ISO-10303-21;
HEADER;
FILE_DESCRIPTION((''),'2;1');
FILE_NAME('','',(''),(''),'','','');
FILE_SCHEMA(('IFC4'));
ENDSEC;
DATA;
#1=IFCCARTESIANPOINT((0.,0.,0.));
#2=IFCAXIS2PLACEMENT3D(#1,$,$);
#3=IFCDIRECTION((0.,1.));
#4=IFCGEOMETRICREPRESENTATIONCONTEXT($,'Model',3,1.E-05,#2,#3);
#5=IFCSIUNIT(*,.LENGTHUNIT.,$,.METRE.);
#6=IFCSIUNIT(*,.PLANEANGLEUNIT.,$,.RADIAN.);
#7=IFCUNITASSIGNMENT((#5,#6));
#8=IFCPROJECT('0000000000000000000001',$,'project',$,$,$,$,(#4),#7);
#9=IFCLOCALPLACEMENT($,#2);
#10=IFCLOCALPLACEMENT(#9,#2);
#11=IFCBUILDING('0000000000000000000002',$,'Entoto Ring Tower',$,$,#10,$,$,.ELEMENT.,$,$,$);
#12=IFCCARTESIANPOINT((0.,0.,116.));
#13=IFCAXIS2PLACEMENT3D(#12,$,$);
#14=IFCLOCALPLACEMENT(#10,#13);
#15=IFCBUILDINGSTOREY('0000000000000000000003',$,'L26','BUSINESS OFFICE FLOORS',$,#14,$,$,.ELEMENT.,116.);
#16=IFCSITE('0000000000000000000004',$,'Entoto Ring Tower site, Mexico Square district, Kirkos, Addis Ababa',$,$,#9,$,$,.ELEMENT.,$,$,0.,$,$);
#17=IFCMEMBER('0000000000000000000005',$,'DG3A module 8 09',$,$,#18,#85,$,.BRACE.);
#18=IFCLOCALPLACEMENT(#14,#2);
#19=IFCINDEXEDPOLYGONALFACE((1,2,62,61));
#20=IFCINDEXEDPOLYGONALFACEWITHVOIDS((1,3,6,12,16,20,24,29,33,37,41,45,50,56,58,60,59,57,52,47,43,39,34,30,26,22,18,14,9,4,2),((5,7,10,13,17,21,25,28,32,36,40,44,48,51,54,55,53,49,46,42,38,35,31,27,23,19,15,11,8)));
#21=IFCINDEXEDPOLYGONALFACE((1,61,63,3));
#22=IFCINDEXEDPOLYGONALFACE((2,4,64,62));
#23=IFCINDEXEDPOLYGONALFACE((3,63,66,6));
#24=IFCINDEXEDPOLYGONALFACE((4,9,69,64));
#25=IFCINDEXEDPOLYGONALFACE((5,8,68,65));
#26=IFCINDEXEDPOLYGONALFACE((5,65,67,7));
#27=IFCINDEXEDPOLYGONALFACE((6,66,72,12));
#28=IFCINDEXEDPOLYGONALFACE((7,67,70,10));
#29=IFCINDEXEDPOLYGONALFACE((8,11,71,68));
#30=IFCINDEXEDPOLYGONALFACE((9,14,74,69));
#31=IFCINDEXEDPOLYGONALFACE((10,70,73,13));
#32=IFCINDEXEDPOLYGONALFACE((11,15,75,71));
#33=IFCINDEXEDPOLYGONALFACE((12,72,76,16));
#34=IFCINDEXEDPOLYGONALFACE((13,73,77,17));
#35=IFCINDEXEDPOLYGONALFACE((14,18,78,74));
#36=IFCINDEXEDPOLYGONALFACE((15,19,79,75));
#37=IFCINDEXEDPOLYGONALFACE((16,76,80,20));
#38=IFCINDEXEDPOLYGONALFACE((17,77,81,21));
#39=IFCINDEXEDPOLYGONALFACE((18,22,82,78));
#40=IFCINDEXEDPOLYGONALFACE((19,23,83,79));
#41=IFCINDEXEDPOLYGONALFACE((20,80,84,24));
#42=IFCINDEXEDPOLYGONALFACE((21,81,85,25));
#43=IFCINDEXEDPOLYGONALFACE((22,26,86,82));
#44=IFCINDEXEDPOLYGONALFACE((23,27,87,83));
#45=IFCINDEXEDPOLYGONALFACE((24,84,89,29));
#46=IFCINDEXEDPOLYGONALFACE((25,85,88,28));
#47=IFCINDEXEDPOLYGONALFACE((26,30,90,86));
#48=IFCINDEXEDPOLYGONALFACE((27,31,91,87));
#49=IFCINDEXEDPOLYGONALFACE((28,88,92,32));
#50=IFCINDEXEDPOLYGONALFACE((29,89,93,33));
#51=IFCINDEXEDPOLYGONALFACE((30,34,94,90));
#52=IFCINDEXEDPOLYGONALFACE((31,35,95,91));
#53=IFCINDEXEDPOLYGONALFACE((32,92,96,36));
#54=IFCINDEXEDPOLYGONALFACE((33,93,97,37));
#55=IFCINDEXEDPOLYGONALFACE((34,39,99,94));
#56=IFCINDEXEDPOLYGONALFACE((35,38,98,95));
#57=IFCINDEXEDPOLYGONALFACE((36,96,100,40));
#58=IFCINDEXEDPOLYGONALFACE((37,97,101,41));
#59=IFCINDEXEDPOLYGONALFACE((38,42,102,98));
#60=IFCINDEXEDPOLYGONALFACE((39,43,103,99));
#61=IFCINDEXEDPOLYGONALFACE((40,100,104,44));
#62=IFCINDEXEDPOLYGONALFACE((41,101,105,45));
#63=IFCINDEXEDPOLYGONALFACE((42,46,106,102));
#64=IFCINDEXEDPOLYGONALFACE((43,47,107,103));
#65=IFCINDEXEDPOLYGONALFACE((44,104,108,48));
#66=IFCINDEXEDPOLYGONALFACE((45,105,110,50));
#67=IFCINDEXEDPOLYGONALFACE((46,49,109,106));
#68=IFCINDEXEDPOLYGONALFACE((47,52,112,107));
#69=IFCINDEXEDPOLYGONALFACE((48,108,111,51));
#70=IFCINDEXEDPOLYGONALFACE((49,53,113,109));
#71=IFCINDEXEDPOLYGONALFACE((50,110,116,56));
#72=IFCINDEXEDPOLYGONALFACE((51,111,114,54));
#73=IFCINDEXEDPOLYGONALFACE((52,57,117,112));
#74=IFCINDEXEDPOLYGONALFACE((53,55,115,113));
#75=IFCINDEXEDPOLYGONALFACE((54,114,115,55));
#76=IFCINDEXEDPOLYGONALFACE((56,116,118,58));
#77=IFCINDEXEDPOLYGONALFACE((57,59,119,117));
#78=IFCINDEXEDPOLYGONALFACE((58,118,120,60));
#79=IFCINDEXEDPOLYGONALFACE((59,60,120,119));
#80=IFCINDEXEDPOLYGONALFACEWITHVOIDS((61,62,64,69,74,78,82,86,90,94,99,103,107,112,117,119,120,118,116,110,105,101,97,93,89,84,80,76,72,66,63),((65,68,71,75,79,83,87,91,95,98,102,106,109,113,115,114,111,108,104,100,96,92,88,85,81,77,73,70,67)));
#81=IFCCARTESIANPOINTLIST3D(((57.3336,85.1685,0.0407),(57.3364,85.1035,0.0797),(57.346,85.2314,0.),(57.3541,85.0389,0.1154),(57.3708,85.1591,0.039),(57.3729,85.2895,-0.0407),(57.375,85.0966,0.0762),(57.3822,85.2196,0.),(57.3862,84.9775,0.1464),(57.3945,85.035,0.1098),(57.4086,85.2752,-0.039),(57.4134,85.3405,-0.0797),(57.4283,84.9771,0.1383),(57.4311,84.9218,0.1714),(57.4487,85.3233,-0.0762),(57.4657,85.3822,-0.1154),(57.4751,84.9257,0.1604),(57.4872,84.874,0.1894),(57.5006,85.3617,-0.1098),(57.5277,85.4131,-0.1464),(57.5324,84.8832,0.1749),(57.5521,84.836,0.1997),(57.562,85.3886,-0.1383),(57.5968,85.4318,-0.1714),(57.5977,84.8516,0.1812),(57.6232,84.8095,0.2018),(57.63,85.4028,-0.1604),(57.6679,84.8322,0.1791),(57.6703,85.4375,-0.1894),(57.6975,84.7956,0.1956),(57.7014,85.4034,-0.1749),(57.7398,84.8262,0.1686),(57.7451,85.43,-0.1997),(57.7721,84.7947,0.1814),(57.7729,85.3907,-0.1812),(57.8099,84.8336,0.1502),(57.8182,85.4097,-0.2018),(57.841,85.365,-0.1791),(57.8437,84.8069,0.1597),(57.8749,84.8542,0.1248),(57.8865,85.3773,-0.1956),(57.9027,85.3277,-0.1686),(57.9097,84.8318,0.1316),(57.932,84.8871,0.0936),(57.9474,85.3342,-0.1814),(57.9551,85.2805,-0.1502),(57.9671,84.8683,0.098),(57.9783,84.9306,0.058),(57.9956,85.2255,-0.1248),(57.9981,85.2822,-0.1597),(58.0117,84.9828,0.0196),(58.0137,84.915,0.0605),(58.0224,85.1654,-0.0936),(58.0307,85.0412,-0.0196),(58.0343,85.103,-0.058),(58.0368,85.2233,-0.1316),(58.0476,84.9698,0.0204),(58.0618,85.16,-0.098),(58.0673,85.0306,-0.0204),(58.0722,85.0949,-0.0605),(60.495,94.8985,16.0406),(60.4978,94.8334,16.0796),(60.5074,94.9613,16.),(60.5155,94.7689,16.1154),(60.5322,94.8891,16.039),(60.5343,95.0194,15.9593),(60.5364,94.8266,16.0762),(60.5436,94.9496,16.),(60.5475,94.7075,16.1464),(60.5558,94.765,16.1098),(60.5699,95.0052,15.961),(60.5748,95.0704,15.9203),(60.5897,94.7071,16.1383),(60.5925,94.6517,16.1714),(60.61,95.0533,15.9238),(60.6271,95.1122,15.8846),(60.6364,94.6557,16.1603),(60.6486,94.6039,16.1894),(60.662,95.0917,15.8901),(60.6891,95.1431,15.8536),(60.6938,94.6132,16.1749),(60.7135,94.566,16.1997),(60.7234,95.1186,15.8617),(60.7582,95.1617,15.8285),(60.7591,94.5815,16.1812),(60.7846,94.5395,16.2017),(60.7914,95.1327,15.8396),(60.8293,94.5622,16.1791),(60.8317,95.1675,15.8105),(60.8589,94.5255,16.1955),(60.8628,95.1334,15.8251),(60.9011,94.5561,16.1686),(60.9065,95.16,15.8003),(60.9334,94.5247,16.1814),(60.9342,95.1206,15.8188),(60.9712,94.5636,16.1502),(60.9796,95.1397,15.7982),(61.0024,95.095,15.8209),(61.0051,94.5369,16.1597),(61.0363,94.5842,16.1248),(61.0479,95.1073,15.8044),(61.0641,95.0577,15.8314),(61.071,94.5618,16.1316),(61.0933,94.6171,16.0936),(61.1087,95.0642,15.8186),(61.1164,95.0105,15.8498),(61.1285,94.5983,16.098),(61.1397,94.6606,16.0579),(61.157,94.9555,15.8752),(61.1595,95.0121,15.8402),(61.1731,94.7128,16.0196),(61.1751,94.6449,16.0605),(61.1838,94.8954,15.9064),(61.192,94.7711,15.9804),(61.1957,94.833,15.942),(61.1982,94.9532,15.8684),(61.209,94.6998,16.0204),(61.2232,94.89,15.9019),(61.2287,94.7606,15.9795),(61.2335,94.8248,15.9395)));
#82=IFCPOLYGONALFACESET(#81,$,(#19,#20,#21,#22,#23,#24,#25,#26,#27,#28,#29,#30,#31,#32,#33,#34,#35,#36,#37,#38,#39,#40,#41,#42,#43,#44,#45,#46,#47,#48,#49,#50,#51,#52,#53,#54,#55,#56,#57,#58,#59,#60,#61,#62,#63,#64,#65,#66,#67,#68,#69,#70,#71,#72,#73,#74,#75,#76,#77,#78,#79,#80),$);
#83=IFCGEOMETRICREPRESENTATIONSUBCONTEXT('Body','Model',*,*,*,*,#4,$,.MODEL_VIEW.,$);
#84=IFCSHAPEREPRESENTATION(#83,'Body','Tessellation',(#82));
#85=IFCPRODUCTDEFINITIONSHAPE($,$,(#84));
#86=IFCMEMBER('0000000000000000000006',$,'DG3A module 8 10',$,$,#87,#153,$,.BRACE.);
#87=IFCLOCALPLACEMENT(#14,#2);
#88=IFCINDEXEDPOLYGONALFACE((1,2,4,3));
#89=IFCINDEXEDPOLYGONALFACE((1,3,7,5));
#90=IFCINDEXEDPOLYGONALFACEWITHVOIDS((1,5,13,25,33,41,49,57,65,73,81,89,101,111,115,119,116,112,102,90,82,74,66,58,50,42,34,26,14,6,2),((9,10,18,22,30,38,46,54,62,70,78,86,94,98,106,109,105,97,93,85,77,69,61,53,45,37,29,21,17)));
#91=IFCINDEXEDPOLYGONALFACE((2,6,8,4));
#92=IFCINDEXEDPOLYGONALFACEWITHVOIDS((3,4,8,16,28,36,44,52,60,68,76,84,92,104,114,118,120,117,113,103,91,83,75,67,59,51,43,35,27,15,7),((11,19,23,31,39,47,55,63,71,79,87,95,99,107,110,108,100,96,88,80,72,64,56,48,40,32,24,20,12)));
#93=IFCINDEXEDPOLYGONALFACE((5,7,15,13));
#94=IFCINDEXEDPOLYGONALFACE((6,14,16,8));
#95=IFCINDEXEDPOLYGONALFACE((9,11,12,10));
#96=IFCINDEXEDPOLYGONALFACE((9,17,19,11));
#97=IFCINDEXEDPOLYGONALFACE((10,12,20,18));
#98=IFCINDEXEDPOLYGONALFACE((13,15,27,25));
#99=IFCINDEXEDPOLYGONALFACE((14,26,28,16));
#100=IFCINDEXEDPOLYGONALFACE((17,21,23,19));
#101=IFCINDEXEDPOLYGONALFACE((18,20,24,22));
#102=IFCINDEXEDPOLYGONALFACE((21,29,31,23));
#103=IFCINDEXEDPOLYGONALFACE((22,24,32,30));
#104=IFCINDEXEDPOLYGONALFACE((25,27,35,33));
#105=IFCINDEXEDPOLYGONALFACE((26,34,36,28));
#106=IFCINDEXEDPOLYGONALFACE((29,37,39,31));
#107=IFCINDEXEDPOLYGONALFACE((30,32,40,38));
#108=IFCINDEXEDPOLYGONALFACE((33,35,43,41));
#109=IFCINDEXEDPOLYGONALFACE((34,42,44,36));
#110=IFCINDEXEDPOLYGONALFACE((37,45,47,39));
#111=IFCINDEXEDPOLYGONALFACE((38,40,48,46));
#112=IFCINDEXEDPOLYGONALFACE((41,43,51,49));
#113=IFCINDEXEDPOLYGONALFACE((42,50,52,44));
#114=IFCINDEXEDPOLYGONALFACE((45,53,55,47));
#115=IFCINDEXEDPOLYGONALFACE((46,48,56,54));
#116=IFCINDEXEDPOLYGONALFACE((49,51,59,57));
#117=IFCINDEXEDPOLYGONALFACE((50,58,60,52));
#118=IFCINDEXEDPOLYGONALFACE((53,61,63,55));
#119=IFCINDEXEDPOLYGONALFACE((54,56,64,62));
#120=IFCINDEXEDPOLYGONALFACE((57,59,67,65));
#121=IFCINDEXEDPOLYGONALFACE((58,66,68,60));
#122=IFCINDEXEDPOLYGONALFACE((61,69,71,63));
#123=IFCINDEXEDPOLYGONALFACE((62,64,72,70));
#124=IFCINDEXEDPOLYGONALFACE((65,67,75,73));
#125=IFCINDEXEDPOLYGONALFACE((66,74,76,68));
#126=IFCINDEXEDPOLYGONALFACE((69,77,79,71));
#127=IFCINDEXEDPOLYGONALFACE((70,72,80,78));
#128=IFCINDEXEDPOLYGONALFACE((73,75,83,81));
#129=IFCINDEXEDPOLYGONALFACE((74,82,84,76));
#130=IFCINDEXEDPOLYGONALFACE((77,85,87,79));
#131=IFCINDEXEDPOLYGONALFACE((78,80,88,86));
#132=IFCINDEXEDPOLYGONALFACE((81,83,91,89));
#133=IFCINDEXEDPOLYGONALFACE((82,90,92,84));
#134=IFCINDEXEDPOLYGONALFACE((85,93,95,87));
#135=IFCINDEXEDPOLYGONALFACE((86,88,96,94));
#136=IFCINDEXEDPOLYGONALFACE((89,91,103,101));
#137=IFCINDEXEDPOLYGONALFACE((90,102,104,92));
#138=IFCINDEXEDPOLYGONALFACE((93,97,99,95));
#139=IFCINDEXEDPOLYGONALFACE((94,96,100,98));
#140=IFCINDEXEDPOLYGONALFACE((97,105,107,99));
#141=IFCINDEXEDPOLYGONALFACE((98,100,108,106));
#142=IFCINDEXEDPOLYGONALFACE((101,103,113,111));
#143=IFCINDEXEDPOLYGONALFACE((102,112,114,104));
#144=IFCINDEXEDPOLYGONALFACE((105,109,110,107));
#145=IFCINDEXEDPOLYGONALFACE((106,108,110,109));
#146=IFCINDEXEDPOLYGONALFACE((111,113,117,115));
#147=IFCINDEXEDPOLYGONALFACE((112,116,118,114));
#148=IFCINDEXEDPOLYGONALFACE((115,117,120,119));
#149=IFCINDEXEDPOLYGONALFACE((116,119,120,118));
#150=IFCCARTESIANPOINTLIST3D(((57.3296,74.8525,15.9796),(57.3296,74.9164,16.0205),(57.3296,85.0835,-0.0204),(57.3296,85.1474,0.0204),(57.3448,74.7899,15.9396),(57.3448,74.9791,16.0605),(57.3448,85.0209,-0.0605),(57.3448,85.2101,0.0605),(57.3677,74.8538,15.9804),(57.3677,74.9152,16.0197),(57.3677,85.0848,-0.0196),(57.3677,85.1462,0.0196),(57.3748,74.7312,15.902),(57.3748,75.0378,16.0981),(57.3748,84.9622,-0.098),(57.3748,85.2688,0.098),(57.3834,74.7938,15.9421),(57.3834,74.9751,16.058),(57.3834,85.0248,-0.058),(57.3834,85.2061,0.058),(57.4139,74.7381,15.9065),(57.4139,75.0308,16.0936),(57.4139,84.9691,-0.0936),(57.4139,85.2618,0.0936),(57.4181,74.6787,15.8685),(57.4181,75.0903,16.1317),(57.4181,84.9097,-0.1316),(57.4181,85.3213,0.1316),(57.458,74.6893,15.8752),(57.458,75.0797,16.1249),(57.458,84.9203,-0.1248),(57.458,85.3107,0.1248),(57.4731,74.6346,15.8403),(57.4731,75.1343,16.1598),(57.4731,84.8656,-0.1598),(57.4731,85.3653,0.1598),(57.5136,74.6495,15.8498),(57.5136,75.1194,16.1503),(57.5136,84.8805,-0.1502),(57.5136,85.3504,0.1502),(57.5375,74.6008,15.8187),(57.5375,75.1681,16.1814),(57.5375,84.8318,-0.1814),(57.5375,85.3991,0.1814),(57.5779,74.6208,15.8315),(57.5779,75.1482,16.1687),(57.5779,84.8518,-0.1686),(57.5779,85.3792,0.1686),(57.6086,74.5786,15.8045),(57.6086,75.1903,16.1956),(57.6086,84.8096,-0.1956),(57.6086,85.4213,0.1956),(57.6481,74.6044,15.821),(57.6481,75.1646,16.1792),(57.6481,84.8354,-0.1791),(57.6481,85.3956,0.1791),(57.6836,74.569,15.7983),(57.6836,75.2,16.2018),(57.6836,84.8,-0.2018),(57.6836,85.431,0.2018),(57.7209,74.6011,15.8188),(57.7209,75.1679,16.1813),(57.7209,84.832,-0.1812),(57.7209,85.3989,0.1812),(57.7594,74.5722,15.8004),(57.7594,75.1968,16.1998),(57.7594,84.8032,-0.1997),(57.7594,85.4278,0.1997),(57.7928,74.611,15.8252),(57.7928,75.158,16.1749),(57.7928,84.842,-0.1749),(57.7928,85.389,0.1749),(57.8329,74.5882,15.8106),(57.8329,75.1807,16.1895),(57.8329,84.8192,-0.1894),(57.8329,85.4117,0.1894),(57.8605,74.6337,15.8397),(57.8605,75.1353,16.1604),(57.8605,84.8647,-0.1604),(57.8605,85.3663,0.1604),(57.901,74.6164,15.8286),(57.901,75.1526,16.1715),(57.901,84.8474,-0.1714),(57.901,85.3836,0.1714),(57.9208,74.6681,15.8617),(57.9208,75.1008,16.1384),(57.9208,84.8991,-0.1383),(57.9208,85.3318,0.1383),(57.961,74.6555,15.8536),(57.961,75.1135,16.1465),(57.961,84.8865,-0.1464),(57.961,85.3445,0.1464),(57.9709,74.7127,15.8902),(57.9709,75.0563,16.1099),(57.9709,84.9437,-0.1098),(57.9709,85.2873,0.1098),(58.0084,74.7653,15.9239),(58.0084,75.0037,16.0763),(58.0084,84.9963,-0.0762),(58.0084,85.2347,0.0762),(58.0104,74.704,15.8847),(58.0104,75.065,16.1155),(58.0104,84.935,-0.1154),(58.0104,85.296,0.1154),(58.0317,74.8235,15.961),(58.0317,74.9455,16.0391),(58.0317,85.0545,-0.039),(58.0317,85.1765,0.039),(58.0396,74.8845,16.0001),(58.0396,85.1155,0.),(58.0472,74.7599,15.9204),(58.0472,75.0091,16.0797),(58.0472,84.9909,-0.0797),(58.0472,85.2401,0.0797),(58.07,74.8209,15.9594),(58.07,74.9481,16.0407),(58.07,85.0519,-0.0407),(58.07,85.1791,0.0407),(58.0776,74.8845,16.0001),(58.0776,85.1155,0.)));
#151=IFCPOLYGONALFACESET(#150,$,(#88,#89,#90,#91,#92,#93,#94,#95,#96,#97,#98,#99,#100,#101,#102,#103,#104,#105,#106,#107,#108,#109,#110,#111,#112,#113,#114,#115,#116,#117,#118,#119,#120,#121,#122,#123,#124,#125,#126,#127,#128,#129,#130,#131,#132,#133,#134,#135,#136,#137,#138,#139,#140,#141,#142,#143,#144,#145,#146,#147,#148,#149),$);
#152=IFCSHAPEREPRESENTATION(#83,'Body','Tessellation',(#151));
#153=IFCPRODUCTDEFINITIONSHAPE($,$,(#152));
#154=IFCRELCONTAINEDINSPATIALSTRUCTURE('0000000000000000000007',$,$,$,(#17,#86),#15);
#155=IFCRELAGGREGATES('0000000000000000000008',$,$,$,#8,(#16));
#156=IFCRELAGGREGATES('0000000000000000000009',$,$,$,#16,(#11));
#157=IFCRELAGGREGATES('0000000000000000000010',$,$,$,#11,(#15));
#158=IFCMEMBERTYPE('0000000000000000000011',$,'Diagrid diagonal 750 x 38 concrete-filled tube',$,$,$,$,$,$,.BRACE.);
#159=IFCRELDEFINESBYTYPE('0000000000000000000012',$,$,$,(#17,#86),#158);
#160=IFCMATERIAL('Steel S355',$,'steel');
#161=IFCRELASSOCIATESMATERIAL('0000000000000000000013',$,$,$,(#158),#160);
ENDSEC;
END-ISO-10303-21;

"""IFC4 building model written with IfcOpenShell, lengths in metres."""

from ifc_helpers import new_model, si_unit, direction, frame, origin, origin_2d, place, context, subcontext, project, spatial, circle, hollow_circle, extrude, material, material_profile, profile_set, type_object, element, save


model = new_model("IFC4")

# Units and contexts
model_context = context("Model", 3, precision=1e-05, world=origin(), true_north=direction((0.0, 1.0)))
body_context = subcontext(model_context, "Body", "Model", "MODEL_VIEW")
ifc_project = project(units=[si_unit("LENGTHUNIT", "METRE"), si_unit("PLANEANGLEUNIT", "RADIAN")], contexts=[model_context])

# Site, building, storey
site_placement = place(None, origin())
site = spatial("IfcSite", under=ifc_project, at=site_placement, Name="Entoto Ring Tower site, Mexico Square district, Kirkos, Addis Ababa", CompositionType="ELEMENT", RefElevation=0.0)
building_placement = place(site_placement, origin())
building = spatial("IfcBuilding", under=site, at=building_placement, Name="Entoto Ring Tower", CompositionType="ELEMENT")
storey_placement = place(building_placement, frame((0.0, 0.0, 116.0)))
storey = spatial("IfcBuildingStorey", under=building, at=storey_placement, Name="L26", Description="BUSINESS OFFICE FLOORS", CompositionType="ELEMENT", Elevation=116.0)

# Members
ifc_material_1 = material(Name="Steel S355", Category="steel")
ifc_material_profile_1 = material_profile(ifc_material_1, hollow_circle(Radius=0.375, WallThickness=0.0381, at=origin_2d()), Name="CHS 750 x 38")
ifc_material_2 = material(Name="Concrete C60/75", Category="concrete")
ifc_material_profile_2 = material_profile(ifc_material_2, circle(Radius=0.3369, at=origin_2d()), Name="Concrete C60/75 infill")
ifc_profile_set_1 = profile_set([ifc_material_profile_1, ifc_material_profile_2], Name="Steel S355")
member_type_1 = type_object("IfcMemberType", Name="Diagrid diagonal 750 x 38 concrete-filled tube", PredefinedType="BRACE", material=ifc_profile_set_1)
member_1_placement = place(storey_placement, frame((57.7026, 85.1155, 0.0), z_axis=(0.166465, 0.512341, 0.842494), x_axis=(-0.951059, 0.309009, 0.0)))
element("IfcMember", 1, at=member_1_placement, inside=storey, type_object=member_type_1, Name="DG3A module 8 09", PredefinedType="BRACE", context=body_context, shape_type="SweptSolid", body=[
    extrude(hollow_circle(Radius=0.375, WallThickness=0.0381, at=origin_2d()), origin(), (0.0, 0.0, 1.0), 18.9912),
])
member_2_placement = place(storey_placement, frame((57.7026, 85.1155, 0.0), z_axis=(0.0, -0.538716, 0.842488), x_axis=(1.0, 0.0, 0.0)))
element("IfcMember", 2, at=member_2_placement, inside=storey, type_object=member_type_1, Name="DG3A module 8 10", PredefinedType="BRACE", context=body_context, shape_type="SweptSolid", body=[
    extrude(hollow_circle(Radius=0.375, WallThickness=0.0381, at=origin_2d()), origin(), (0.0, 0.0, 1.0), 18.9915),
])

save(model, "model.ifc")
